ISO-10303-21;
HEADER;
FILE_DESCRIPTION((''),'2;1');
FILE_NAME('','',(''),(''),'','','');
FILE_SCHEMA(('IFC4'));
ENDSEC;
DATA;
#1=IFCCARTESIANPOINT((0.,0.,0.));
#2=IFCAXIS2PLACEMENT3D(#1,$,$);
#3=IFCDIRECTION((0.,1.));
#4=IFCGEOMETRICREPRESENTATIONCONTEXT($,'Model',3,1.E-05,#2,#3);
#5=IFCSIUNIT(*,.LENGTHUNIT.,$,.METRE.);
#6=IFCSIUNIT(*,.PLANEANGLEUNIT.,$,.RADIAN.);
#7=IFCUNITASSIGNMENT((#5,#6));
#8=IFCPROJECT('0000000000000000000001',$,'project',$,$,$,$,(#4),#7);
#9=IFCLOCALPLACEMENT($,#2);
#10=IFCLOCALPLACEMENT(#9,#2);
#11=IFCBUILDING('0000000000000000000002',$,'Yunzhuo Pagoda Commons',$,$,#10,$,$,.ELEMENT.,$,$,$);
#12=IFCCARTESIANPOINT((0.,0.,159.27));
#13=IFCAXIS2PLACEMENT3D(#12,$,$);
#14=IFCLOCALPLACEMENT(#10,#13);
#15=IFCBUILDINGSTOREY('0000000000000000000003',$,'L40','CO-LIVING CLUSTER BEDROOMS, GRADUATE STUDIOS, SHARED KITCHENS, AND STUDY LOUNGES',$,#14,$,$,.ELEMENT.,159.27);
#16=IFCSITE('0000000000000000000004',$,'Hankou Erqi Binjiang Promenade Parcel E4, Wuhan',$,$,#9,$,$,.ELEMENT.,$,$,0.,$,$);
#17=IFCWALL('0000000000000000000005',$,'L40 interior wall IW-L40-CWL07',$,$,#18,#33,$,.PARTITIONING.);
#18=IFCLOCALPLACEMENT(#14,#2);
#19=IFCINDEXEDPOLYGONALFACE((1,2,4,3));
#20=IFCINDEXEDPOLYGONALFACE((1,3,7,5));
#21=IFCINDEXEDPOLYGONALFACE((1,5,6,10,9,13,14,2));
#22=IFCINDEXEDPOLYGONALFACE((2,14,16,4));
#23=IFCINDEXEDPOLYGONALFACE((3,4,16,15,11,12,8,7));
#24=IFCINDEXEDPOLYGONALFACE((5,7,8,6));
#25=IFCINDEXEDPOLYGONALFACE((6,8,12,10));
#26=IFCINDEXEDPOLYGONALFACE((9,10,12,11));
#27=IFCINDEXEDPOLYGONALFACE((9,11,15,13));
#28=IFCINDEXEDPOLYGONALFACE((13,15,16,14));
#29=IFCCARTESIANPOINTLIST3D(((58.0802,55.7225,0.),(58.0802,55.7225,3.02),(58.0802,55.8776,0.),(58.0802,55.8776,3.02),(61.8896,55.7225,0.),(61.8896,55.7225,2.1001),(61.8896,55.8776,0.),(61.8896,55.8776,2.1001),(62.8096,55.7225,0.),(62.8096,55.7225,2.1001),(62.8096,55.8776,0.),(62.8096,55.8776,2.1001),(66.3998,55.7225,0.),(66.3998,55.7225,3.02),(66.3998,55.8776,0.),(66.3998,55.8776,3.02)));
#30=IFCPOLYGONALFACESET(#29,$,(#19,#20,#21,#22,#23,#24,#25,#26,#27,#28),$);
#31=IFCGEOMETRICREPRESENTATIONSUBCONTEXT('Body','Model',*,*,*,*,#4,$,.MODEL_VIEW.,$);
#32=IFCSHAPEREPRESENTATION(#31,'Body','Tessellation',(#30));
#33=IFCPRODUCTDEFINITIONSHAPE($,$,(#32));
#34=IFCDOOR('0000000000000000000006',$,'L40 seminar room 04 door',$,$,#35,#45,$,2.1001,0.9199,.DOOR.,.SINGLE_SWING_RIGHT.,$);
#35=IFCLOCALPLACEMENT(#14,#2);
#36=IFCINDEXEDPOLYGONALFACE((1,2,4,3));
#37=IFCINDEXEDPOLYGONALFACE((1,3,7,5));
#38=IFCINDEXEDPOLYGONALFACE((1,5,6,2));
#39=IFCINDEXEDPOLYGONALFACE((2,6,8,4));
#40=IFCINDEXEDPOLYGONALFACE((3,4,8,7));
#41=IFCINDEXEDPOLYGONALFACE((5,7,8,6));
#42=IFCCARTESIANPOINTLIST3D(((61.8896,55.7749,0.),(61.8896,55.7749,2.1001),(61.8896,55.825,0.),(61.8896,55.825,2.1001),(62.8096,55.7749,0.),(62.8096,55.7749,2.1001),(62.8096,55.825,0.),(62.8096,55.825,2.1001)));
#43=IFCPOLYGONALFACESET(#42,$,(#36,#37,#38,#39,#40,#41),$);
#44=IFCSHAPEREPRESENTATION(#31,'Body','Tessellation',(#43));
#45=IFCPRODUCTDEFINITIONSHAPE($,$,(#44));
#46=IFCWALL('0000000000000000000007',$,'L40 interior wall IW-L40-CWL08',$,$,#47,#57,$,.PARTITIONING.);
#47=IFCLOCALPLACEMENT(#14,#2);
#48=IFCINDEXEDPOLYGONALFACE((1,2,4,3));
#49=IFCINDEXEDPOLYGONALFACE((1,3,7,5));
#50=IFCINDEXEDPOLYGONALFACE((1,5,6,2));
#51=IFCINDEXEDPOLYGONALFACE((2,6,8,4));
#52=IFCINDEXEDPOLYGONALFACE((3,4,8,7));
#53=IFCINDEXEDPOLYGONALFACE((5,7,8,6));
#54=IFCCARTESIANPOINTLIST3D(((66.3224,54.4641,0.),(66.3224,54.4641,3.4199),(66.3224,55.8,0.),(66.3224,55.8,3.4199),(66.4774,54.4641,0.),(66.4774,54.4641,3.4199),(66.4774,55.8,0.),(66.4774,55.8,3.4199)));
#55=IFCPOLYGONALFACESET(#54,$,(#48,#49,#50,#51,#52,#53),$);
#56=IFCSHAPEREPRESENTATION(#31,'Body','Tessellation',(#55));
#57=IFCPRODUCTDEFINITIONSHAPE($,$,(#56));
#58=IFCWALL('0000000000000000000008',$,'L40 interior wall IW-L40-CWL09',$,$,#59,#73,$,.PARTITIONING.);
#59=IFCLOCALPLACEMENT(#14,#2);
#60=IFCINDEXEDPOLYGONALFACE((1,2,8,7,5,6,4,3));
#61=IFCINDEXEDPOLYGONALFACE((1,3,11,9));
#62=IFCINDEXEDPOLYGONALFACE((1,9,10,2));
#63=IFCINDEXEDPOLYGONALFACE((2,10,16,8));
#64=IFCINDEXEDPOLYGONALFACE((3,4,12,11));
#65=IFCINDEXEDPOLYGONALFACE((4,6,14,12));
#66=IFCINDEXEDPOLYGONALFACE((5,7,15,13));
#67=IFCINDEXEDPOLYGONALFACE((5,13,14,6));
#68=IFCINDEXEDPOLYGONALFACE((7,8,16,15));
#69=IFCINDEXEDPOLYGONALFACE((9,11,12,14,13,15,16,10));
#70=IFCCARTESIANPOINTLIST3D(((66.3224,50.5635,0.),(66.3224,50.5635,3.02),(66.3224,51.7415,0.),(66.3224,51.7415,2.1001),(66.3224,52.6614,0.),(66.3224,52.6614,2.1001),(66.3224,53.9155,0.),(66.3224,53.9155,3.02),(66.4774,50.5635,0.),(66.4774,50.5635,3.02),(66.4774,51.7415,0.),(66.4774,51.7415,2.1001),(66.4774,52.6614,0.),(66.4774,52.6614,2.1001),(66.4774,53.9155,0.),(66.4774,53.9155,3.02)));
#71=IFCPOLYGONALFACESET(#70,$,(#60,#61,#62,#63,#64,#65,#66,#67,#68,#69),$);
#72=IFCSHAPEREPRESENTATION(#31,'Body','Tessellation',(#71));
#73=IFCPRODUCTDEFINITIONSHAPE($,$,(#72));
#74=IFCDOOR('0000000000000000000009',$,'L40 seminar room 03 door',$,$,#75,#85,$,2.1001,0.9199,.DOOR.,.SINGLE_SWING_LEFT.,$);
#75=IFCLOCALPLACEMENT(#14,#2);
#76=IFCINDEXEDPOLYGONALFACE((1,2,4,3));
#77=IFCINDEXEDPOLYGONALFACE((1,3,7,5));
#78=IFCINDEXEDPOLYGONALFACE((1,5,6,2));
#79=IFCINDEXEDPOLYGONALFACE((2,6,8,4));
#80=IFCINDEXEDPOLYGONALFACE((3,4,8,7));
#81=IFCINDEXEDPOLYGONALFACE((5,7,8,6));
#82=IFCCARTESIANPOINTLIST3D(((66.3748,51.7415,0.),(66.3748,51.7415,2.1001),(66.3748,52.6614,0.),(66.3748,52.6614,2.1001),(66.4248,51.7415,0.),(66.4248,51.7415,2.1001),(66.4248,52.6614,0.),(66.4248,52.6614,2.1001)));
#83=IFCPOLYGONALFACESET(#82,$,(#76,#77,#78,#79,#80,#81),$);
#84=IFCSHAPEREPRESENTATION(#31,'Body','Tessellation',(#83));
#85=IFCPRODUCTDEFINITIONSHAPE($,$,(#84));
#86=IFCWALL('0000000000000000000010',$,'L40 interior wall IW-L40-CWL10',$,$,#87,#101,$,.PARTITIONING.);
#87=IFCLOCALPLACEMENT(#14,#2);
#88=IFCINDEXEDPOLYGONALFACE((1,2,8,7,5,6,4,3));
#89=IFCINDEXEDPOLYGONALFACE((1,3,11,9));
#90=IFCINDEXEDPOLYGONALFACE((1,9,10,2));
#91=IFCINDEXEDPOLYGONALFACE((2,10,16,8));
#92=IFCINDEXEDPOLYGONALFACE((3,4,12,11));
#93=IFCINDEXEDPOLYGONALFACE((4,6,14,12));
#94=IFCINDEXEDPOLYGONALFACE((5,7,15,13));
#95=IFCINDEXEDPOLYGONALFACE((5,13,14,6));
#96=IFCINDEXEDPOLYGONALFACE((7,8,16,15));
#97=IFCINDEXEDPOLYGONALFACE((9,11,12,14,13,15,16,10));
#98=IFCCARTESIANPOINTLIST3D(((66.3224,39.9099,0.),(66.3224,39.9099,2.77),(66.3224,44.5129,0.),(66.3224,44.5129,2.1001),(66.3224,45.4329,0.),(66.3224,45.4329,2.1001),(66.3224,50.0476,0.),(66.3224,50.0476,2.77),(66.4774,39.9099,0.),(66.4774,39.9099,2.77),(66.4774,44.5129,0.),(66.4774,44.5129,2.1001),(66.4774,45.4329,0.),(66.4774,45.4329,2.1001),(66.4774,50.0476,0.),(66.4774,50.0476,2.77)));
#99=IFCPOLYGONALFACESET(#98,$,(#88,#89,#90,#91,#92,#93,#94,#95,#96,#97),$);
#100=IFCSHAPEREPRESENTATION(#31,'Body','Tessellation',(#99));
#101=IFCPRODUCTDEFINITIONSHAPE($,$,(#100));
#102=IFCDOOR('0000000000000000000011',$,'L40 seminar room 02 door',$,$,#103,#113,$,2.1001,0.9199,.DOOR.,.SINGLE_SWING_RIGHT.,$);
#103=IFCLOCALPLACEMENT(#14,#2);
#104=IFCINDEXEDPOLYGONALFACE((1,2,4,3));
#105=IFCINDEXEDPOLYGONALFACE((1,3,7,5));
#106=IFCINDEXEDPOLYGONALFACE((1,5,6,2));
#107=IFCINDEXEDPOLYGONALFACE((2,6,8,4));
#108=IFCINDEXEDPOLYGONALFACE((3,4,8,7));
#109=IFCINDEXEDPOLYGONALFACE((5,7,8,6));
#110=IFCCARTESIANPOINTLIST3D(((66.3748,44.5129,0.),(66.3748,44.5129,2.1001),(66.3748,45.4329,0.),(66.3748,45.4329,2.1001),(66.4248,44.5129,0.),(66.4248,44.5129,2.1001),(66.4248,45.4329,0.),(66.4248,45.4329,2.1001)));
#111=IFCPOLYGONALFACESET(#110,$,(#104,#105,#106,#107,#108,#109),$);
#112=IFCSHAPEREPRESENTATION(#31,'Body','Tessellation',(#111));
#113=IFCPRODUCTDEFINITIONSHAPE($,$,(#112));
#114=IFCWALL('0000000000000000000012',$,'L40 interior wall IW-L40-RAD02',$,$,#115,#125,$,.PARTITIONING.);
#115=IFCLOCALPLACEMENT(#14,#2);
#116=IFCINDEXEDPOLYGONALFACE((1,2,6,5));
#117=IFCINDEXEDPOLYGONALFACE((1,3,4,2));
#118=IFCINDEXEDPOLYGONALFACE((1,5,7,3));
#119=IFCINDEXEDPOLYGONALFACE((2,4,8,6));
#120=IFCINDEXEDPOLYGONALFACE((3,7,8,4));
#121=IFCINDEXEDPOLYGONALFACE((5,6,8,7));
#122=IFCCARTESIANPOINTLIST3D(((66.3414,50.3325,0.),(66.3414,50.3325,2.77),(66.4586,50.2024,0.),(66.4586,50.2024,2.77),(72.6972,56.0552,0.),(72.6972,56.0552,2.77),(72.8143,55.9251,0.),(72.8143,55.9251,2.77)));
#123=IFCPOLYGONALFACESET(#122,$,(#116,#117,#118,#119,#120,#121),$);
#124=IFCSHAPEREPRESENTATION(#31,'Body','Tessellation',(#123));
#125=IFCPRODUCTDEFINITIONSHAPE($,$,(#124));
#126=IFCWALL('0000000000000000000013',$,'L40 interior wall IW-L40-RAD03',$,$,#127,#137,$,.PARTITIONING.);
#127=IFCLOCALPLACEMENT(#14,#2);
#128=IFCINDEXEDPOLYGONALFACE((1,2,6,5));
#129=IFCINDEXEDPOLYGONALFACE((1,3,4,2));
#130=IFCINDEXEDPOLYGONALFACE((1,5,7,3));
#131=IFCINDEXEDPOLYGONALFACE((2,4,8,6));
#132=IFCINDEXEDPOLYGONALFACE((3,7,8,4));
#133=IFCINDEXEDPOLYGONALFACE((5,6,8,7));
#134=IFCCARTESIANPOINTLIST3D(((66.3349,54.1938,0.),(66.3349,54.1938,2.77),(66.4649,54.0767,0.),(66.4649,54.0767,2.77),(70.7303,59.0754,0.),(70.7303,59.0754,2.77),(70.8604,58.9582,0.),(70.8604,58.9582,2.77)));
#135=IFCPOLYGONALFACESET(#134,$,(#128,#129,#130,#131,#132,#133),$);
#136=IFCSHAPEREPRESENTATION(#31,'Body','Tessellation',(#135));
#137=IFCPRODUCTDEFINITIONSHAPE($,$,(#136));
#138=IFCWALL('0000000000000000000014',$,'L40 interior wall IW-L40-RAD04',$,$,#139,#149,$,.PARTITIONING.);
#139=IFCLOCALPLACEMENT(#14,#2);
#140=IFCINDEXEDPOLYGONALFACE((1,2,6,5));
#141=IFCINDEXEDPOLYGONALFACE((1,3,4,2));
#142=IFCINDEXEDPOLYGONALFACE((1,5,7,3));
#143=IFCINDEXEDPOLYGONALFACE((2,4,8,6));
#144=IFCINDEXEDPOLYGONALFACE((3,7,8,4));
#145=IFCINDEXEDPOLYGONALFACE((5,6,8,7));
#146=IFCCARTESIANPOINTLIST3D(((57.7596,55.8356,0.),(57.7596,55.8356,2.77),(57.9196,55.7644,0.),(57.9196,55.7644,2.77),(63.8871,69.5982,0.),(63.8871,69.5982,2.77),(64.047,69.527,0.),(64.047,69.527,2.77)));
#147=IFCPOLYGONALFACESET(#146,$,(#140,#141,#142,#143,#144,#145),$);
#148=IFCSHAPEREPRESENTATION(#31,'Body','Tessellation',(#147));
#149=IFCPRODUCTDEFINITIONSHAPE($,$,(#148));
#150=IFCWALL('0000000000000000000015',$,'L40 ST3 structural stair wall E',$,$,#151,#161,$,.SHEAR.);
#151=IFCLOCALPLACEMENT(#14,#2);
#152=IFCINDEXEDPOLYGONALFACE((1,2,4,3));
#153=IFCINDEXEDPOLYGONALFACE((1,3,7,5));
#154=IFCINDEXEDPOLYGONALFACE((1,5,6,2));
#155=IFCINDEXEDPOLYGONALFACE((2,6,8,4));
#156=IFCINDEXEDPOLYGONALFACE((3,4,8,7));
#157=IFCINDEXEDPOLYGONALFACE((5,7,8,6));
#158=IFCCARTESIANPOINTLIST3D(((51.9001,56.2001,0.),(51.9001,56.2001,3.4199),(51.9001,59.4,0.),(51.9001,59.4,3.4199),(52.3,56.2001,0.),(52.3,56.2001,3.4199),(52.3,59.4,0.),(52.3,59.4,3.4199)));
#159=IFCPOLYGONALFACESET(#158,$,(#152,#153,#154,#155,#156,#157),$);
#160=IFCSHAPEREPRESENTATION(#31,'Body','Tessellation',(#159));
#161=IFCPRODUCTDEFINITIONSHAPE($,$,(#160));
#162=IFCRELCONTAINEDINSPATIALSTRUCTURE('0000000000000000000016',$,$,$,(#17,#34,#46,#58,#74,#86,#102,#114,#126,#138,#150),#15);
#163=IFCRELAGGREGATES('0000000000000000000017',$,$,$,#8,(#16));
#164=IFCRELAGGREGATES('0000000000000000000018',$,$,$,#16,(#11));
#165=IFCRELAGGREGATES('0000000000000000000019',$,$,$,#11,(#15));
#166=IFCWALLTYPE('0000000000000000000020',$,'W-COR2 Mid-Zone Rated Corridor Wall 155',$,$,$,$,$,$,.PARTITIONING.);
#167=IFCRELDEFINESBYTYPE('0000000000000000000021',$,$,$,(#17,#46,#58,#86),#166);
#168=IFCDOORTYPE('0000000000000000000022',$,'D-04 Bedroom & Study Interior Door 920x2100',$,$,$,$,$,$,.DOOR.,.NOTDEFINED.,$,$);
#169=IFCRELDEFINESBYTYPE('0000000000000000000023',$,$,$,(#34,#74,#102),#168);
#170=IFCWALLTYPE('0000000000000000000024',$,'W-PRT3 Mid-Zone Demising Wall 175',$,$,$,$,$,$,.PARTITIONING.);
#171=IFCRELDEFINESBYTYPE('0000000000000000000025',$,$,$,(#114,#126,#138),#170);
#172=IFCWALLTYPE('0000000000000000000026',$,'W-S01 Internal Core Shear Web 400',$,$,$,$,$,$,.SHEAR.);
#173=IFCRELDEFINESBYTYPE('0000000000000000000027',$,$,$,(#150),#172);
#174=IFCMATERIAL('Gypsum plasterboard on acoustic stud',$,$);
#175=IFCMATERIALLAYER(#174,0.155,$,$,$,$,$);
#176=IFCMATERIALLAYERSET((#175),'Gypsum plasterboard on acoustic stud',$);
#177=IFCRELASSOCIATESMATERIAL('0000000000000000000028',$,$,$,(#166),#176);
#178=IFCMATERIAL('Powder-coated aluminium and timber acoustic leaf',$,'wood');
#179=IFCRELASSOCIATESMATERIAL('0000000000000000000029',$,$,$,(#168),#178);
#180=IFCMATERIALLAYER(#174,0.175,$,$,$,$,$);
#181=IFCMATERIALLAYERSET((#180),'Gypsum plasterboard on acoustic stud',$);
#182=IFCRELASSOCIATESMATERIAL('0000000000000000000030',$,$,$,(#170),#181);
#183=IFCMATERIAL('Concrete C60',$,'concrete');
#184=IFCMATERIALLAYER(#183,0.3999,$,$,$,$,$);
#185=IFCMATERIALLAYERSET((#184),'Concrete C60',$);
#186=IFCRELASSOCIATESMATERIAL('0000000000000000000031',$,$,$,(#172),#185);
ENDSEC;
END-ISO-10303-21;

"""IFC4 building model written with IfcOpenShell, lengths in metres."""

from ifc_helpers import new_model, si_unit, direction, frame, frame_2d, origin, origin_with_axes, place, context, subcontext, project, spatial, rectangle, extrude, source, transform, mapped, material, layer, layer_set, type_object, element, fill, save


model = new_model("IFC4")

# Units and contexts
model_context = context("Model", 3, precision=1e-05, world=origin(), true_north=direction((0.0, 1.0)))
body_context = subcontext(model_context, "Body", "Model", "MODEL_VIEW")
ifc_project = project(units=[si_unit("LENGTHUNIT", "METRE"), si_unit("PLANEANGLEUNIT", "RADIAN")], contexts=[model_context])

# Site, building, storey
site_placement = place(None, origin())
site = spatial("IfcSite", under=ifc_project, at=site_placement, Name="Hankou Erqi Binjiang Promenade Parcel E4, Wuhan", CompositionType="ELEMENT", RefElevation=0.0)
building_placement = place(site_placement, origin())
building = spatial("IfcBuilding", under=site, at=building_placement, Name="Yunzhuo Pagoda Commons", CompositionType="ELEMENT")
storey_placement = place(building_placement, frame((0.0, 0.0, 159.27)))
storey = spatial("IfcBuildingStorey", under=building, at=storey_placement, Name="L40", Description="CO-LIVING CLUSTER BEDROOMS, GRADUATE STUDIOS, SHARED KITCHENS, AND STUDY LOUNGES", CompositionType="ELEMENT", Elevation=159.27)

# Shared definitions
ifc_material_1 = material(Name="Gypsum plasterboard on acoustic stud")
ifc_layer_1 = layer(ifc_material_1, 0.155)
ifc_layer_set_1 = layer_set([ifc_layer_1], Name="Gypsum plasterboard on acoustic stud")
wall_type_1 = type_object("IfcWallType", Name="W-COR2 Mid-Zone Rated Corridor Wall 155", PredefinedType="PARTITIONING", material=ifc_layer_set_1)

# Wall, opening, door
wall_1_placement = place(storey_placement, frame((58.0803, 55.8, 0.0), z_axis=(0.0, 0.0, 1.0), x_axis=(1.0, 0.0, 0.0)))
wall_1 = element("IfcWall", 1, at=wall_1_placement, inside=storey, type_object=wall_type_1, Name="L40 interior wall IW-L40-CWL07", PredefinedType="PARTITIONING", context=body_context, shape_type="SweptSolid", body=[
    extrude(rectangle(XDim=8.3196, YDim=0.155, at=frame_2d((4.1597, 0.0))), origin(), (0.0, 0.0, 1.0), 3.02),
])
opening_1_placement = place(wall_1_placement, frame((3.8093, 0.0, 0.0)))
opening_1 = element("IfcOpeningElement", 2, at=opening_1_placement, cuts=wall_1, PredefinedType="OPENING", context=body_context, shape_type="SweptSolid", body=[
    extrude(rectangle(XDim=0.9199, YDim=2.1001, at=frame_2d((0.46, 1.05))), frame((0.0, 0.0874, 0.0), z_axis=(0.0, -1.0, 0.0), x_axis=(1.0, 0.0, 0.0)), (0.0, 0.0, 1.0), 0.175),
])
ifc_material_2 = material(Name="Powder-coated aluminium and timber acoustic leaf", Category="wood")
door_type = type_object("IfcDoorType", Name="D-04 Bedroom & Study Interior Door 920x2100", OperationType="NOTDEFINED", PredefinedType="DOOR", material=ifc_material_2)
shared_shape_1 = source(origin(), body_context, "Body", "SweptSolid", [
    extrude(rectangle(XDim=0.9199, YDim=2.1001, at=frame_2d((0.46, 1.05))), frame((0.0, 0.0249, 0.0), z_axis=(0.0, -1.0, 0.0), x_axis=(1.0, 0.0, 0.0)), (0.0, 0.0, 1.0), 0.05),
])
door_1_placement = place(opening_1_placement, origin_with_axes())
door_1 = element("IfcDoor", 3, at=door_1_placement, inside=storey, type_object=door_type, Name="L40 seminar room 04 door", OperationType="SINGLE_SWING_RIGHT", OverallHeight=2.1001, OverallWidth=0.9199, PredefinedType="DOOR", context=body_context, shape_type="MappedRepresentation", body=[
    mapped(shared_shape_1, transform((0.0, 0.0, 0.0), scale=1.0)),
])
fill(opening_1, door_1)

# Wall
wall_2_placement = place(storey_placement, frame((66.3999, 55.8, 0.0), z_axis=(0.0, 0.0, 1.0), x_axis=(0.0, -1.0, 0.0)))
element("IfcWall", 4, at=wall_2_placement, inside=storey, type_object=wall_type_1, Name="L40 interior wall IW-L40-CWL08", PredefinedType="PARTITIONING", context=body_context, shape_type="SweptSolid", body=[
    extrude(rectangle(XDim=1.3359, YDim=0.155, at=frame_2d((0.668, 0.0))), origin(), (0.0, 0.0, 1.0), 3.4199),
])

# Walls, openings, doors
wall_3_placement = place(storey_placement, frame((66.3999, 53.9155, 0.0), z_axis=(0.0, 0.0, 1.0), x_axis=(0.0, -1.0, 0.0)))
wall_3 = element("IfcWall", 5, at=wall_3_placement, inside=storey, type_object=wall_type_1, Name="L40 interior wall IW-L40-CWL09", PredefinedType="PARTITIONING", context=body_context, shape_type="SweptSolid", body=[
    extrude(rectangle(XDim=3.3521, YDim=0.155, at=frame_2d((1.676, 0.0))), origin(), (0.0, 0.0, 1.0), 3.02),
])
opening_2_placement = place(wall_3_placement, frame((1.2542, 0.0, 0.0)))
opening_2 = element("IfcOpeningElement", 6, at=opening_2_placement, cuts=wall_3, PredefinedType="OPENING", context=body_context, shape_type="SweptSolid", body=[
    extrude(rectangle(XDim=0.9199, YDim=2.1001, at=frame_2d((0.46, 1.05))), frame((0.0, 0.0874, 0.0), z_axis=(0.0, -1.0, 0.0), x_axis=(1.0, 0.0, 0.0)), (0.0, 0.0, 1.0), 0.175),
])
door_2_placement = place(opening_2_placement, origin_with_axes())
door_2 = element("IfcDoor", 7, at=door_2_placement, inside=storey, type_object=door_type, Name="L40 seminar room 03 door", OperationType="SINGLE_SWING_LEFT", OverallHeight=2.1001, OverallWidth=0.9199, PredefinedType="DOOR", context=body_context, shape_type="MappedRepresentation", body=[
    mapped(shared_shape_1, transform((0.0, 0.0, 0.0), scale=1.0)),
])
fill(opening_2, door_2)
wall_4_placement = place(storey_placement, frame((66.3999, 50.0476, 0.0), z_axis=(0.0, 0.0, 1.0), x_axis=(0.0, -1.0, 0.0)))
wall_4 = element("IfcWall", 8, at=wall_4_placement, inside=storey, type_object=wall_type_1, Name="L40 interior wall IW-L40-CWL10", PredefinedType="PARTITIONING", context=body_context, shape_type="SweptSolid", body=[
    extrude(rectangle(XDim=10.1377, YDim=0.155, at=frame_2d((5.0688, 0.0))), origin(), (0.0, 0.0, 1.0), 2.77),
])
opening_3_placement = place(wall_4_placement, frame((4.6147, 0.0, 0.0)))
opening_3 = element("IfcOpeningElement", 9, at=opening_3_placement, cuts=wall_4, PredefinedType="OPENING", context=body_context, shape_type="SweptSolid", body=[
    extrude(rectangle(XDim=0.9199, YDim=2.1001, at=frame_2d((0.46, 1.05))), frame((0.0, 0.0874, 0.0), z_axis=(0.0, -1.0, 0.0), x_axis=(1.0, 0.0, 0.0)), (0.0, 0.0, 1.0), 0.175),
])
door_3_placement = place(opening_3_placement, origin_with_axes())
door_3 = element("IfcDoor", 10, at=door_3_placement, inside=storey, type_object=door_type, Name="L40 seminar room 02 door", OperationType="SINGLE_SWING_RIGHT", OverallHeight=2.1001, OverallWidth=0.9199, PredefinedType="DOOR", context=body_context, shape_type="MappedRepresentation", body=[
    mapped(shared_shape_1, transform((0.0, 0.0, 0.0), scale=1.0)),
])
fill(opening_3, door_3)

# Walls
ifc_layer_2 = layer(ifc_material_1, 0.175)
ifc_layer_set_2 = layer_set([ifc_layer_2], Name="Gypsum plasterboard on acoustic stud")
wall_type_2 = type_object("IfcWallType", Name="W-PRT3 Mid-Zone Demising Wall 175", PredefinedType="PARTITIONING", material=ifc_layer_set_2)
wall_5_placement = place(storey_placement, frame((66.3999, 50.2673, 0.0), z_axis=(0.0, 0.0, 1.0), x_axis=(0.743148, 0.669127, 0.0)))
element("IfcWall", 11, at=wall_5_placement, inside=storey, type_object=wall_type_2, Name="L40 interior wall IW-L40-RAD02", PredefinedType="PARTITIONING", context=body_context, shape_type="SweptSolid", body=[
    extrude(rectangle(XDim=8.5525, YDim=0.175, at=frame_2d((4.2764, 0.0))), origin(), (0.0, 0.0, 1.0), 2.77),
])
wall_6_placement = place(storey_placement, frame((66.3999, 54.1353, 0.0), z_axis=(0.0, 0.0, 1.0), x_axis=(0.669139, 0.743137, 0.0)))
element("IfcWall", 12, at=wall_6_placement, inside=storey, type_object=wall_type_2, Name="L40 interior wall IW-L40-RAD03", PredefinedType="PARTITIONING", context=body_context, shape_type="SweptSolid", body=[
    extrude(rectangle(XDim=6.5688, YDim=0.175, at=frame_2d((3.2844, 0.0))), origin(), (0.0, 0.0, 1.0), 2.77),
])
wall_7_placement = place(storey_placement, frame((57.8396, 55.8, 0.0), z_axis=(0.0, 0.0, 1.0), x_axis=(0.406737, 0.913545, 0.0)))
element("IfcWall", 13, at=wall_7_placement, inside=storey, type_object=wall_type_2, Name="L40 interior wall IW-L40-RAD04", PredefinedType="PARTITIONING", context=body_context, shape_type="SweptSolid", body=[
    extrude(rectangle(XDim=15.0649, YDim=0.175, at=frame_2d((7.5325, 0.0))), origin(), (0.0, 0.0, 1.0), 2.77),
])
ifc_material_3 = material(Name="Concrete C60", Category="concrete")
ifc_layer_3 = layer(ifc_material_3, 0.3999)
ifc_layer_set_3 = layer_set([ifc_layer_3], Name="Concrete C60")
wall_type_3 = type_object("IfcWallType", Name="W-S01 Internal Core Shear Web 400", PredefinedType="SHEAR", material=ifc_layer_set_3)
wall_8_placement = place(storey_placement, frame((52.1001, 56.2, 0.0), z_axis=(0.0, 0.0, 1.0), x_axis=(0.0, 1.0, 0.0)))
element("IfcWall", 14, at=wall_8_placement, inside=storey, type_object=wall_type_3, Name="L40 ST3 structural stair wall E", PredefinedType="SHEAR", context=body_context, shape_type="SweptSolid", body=[
    extrude(rectangle(XDim=3.2, YDim=0.3999, at=frame_2d((1.6001, 0.0))), origin(), (0.0, 0.0, 1.0), 3.4199),
])

save(model, "model.ifc")
